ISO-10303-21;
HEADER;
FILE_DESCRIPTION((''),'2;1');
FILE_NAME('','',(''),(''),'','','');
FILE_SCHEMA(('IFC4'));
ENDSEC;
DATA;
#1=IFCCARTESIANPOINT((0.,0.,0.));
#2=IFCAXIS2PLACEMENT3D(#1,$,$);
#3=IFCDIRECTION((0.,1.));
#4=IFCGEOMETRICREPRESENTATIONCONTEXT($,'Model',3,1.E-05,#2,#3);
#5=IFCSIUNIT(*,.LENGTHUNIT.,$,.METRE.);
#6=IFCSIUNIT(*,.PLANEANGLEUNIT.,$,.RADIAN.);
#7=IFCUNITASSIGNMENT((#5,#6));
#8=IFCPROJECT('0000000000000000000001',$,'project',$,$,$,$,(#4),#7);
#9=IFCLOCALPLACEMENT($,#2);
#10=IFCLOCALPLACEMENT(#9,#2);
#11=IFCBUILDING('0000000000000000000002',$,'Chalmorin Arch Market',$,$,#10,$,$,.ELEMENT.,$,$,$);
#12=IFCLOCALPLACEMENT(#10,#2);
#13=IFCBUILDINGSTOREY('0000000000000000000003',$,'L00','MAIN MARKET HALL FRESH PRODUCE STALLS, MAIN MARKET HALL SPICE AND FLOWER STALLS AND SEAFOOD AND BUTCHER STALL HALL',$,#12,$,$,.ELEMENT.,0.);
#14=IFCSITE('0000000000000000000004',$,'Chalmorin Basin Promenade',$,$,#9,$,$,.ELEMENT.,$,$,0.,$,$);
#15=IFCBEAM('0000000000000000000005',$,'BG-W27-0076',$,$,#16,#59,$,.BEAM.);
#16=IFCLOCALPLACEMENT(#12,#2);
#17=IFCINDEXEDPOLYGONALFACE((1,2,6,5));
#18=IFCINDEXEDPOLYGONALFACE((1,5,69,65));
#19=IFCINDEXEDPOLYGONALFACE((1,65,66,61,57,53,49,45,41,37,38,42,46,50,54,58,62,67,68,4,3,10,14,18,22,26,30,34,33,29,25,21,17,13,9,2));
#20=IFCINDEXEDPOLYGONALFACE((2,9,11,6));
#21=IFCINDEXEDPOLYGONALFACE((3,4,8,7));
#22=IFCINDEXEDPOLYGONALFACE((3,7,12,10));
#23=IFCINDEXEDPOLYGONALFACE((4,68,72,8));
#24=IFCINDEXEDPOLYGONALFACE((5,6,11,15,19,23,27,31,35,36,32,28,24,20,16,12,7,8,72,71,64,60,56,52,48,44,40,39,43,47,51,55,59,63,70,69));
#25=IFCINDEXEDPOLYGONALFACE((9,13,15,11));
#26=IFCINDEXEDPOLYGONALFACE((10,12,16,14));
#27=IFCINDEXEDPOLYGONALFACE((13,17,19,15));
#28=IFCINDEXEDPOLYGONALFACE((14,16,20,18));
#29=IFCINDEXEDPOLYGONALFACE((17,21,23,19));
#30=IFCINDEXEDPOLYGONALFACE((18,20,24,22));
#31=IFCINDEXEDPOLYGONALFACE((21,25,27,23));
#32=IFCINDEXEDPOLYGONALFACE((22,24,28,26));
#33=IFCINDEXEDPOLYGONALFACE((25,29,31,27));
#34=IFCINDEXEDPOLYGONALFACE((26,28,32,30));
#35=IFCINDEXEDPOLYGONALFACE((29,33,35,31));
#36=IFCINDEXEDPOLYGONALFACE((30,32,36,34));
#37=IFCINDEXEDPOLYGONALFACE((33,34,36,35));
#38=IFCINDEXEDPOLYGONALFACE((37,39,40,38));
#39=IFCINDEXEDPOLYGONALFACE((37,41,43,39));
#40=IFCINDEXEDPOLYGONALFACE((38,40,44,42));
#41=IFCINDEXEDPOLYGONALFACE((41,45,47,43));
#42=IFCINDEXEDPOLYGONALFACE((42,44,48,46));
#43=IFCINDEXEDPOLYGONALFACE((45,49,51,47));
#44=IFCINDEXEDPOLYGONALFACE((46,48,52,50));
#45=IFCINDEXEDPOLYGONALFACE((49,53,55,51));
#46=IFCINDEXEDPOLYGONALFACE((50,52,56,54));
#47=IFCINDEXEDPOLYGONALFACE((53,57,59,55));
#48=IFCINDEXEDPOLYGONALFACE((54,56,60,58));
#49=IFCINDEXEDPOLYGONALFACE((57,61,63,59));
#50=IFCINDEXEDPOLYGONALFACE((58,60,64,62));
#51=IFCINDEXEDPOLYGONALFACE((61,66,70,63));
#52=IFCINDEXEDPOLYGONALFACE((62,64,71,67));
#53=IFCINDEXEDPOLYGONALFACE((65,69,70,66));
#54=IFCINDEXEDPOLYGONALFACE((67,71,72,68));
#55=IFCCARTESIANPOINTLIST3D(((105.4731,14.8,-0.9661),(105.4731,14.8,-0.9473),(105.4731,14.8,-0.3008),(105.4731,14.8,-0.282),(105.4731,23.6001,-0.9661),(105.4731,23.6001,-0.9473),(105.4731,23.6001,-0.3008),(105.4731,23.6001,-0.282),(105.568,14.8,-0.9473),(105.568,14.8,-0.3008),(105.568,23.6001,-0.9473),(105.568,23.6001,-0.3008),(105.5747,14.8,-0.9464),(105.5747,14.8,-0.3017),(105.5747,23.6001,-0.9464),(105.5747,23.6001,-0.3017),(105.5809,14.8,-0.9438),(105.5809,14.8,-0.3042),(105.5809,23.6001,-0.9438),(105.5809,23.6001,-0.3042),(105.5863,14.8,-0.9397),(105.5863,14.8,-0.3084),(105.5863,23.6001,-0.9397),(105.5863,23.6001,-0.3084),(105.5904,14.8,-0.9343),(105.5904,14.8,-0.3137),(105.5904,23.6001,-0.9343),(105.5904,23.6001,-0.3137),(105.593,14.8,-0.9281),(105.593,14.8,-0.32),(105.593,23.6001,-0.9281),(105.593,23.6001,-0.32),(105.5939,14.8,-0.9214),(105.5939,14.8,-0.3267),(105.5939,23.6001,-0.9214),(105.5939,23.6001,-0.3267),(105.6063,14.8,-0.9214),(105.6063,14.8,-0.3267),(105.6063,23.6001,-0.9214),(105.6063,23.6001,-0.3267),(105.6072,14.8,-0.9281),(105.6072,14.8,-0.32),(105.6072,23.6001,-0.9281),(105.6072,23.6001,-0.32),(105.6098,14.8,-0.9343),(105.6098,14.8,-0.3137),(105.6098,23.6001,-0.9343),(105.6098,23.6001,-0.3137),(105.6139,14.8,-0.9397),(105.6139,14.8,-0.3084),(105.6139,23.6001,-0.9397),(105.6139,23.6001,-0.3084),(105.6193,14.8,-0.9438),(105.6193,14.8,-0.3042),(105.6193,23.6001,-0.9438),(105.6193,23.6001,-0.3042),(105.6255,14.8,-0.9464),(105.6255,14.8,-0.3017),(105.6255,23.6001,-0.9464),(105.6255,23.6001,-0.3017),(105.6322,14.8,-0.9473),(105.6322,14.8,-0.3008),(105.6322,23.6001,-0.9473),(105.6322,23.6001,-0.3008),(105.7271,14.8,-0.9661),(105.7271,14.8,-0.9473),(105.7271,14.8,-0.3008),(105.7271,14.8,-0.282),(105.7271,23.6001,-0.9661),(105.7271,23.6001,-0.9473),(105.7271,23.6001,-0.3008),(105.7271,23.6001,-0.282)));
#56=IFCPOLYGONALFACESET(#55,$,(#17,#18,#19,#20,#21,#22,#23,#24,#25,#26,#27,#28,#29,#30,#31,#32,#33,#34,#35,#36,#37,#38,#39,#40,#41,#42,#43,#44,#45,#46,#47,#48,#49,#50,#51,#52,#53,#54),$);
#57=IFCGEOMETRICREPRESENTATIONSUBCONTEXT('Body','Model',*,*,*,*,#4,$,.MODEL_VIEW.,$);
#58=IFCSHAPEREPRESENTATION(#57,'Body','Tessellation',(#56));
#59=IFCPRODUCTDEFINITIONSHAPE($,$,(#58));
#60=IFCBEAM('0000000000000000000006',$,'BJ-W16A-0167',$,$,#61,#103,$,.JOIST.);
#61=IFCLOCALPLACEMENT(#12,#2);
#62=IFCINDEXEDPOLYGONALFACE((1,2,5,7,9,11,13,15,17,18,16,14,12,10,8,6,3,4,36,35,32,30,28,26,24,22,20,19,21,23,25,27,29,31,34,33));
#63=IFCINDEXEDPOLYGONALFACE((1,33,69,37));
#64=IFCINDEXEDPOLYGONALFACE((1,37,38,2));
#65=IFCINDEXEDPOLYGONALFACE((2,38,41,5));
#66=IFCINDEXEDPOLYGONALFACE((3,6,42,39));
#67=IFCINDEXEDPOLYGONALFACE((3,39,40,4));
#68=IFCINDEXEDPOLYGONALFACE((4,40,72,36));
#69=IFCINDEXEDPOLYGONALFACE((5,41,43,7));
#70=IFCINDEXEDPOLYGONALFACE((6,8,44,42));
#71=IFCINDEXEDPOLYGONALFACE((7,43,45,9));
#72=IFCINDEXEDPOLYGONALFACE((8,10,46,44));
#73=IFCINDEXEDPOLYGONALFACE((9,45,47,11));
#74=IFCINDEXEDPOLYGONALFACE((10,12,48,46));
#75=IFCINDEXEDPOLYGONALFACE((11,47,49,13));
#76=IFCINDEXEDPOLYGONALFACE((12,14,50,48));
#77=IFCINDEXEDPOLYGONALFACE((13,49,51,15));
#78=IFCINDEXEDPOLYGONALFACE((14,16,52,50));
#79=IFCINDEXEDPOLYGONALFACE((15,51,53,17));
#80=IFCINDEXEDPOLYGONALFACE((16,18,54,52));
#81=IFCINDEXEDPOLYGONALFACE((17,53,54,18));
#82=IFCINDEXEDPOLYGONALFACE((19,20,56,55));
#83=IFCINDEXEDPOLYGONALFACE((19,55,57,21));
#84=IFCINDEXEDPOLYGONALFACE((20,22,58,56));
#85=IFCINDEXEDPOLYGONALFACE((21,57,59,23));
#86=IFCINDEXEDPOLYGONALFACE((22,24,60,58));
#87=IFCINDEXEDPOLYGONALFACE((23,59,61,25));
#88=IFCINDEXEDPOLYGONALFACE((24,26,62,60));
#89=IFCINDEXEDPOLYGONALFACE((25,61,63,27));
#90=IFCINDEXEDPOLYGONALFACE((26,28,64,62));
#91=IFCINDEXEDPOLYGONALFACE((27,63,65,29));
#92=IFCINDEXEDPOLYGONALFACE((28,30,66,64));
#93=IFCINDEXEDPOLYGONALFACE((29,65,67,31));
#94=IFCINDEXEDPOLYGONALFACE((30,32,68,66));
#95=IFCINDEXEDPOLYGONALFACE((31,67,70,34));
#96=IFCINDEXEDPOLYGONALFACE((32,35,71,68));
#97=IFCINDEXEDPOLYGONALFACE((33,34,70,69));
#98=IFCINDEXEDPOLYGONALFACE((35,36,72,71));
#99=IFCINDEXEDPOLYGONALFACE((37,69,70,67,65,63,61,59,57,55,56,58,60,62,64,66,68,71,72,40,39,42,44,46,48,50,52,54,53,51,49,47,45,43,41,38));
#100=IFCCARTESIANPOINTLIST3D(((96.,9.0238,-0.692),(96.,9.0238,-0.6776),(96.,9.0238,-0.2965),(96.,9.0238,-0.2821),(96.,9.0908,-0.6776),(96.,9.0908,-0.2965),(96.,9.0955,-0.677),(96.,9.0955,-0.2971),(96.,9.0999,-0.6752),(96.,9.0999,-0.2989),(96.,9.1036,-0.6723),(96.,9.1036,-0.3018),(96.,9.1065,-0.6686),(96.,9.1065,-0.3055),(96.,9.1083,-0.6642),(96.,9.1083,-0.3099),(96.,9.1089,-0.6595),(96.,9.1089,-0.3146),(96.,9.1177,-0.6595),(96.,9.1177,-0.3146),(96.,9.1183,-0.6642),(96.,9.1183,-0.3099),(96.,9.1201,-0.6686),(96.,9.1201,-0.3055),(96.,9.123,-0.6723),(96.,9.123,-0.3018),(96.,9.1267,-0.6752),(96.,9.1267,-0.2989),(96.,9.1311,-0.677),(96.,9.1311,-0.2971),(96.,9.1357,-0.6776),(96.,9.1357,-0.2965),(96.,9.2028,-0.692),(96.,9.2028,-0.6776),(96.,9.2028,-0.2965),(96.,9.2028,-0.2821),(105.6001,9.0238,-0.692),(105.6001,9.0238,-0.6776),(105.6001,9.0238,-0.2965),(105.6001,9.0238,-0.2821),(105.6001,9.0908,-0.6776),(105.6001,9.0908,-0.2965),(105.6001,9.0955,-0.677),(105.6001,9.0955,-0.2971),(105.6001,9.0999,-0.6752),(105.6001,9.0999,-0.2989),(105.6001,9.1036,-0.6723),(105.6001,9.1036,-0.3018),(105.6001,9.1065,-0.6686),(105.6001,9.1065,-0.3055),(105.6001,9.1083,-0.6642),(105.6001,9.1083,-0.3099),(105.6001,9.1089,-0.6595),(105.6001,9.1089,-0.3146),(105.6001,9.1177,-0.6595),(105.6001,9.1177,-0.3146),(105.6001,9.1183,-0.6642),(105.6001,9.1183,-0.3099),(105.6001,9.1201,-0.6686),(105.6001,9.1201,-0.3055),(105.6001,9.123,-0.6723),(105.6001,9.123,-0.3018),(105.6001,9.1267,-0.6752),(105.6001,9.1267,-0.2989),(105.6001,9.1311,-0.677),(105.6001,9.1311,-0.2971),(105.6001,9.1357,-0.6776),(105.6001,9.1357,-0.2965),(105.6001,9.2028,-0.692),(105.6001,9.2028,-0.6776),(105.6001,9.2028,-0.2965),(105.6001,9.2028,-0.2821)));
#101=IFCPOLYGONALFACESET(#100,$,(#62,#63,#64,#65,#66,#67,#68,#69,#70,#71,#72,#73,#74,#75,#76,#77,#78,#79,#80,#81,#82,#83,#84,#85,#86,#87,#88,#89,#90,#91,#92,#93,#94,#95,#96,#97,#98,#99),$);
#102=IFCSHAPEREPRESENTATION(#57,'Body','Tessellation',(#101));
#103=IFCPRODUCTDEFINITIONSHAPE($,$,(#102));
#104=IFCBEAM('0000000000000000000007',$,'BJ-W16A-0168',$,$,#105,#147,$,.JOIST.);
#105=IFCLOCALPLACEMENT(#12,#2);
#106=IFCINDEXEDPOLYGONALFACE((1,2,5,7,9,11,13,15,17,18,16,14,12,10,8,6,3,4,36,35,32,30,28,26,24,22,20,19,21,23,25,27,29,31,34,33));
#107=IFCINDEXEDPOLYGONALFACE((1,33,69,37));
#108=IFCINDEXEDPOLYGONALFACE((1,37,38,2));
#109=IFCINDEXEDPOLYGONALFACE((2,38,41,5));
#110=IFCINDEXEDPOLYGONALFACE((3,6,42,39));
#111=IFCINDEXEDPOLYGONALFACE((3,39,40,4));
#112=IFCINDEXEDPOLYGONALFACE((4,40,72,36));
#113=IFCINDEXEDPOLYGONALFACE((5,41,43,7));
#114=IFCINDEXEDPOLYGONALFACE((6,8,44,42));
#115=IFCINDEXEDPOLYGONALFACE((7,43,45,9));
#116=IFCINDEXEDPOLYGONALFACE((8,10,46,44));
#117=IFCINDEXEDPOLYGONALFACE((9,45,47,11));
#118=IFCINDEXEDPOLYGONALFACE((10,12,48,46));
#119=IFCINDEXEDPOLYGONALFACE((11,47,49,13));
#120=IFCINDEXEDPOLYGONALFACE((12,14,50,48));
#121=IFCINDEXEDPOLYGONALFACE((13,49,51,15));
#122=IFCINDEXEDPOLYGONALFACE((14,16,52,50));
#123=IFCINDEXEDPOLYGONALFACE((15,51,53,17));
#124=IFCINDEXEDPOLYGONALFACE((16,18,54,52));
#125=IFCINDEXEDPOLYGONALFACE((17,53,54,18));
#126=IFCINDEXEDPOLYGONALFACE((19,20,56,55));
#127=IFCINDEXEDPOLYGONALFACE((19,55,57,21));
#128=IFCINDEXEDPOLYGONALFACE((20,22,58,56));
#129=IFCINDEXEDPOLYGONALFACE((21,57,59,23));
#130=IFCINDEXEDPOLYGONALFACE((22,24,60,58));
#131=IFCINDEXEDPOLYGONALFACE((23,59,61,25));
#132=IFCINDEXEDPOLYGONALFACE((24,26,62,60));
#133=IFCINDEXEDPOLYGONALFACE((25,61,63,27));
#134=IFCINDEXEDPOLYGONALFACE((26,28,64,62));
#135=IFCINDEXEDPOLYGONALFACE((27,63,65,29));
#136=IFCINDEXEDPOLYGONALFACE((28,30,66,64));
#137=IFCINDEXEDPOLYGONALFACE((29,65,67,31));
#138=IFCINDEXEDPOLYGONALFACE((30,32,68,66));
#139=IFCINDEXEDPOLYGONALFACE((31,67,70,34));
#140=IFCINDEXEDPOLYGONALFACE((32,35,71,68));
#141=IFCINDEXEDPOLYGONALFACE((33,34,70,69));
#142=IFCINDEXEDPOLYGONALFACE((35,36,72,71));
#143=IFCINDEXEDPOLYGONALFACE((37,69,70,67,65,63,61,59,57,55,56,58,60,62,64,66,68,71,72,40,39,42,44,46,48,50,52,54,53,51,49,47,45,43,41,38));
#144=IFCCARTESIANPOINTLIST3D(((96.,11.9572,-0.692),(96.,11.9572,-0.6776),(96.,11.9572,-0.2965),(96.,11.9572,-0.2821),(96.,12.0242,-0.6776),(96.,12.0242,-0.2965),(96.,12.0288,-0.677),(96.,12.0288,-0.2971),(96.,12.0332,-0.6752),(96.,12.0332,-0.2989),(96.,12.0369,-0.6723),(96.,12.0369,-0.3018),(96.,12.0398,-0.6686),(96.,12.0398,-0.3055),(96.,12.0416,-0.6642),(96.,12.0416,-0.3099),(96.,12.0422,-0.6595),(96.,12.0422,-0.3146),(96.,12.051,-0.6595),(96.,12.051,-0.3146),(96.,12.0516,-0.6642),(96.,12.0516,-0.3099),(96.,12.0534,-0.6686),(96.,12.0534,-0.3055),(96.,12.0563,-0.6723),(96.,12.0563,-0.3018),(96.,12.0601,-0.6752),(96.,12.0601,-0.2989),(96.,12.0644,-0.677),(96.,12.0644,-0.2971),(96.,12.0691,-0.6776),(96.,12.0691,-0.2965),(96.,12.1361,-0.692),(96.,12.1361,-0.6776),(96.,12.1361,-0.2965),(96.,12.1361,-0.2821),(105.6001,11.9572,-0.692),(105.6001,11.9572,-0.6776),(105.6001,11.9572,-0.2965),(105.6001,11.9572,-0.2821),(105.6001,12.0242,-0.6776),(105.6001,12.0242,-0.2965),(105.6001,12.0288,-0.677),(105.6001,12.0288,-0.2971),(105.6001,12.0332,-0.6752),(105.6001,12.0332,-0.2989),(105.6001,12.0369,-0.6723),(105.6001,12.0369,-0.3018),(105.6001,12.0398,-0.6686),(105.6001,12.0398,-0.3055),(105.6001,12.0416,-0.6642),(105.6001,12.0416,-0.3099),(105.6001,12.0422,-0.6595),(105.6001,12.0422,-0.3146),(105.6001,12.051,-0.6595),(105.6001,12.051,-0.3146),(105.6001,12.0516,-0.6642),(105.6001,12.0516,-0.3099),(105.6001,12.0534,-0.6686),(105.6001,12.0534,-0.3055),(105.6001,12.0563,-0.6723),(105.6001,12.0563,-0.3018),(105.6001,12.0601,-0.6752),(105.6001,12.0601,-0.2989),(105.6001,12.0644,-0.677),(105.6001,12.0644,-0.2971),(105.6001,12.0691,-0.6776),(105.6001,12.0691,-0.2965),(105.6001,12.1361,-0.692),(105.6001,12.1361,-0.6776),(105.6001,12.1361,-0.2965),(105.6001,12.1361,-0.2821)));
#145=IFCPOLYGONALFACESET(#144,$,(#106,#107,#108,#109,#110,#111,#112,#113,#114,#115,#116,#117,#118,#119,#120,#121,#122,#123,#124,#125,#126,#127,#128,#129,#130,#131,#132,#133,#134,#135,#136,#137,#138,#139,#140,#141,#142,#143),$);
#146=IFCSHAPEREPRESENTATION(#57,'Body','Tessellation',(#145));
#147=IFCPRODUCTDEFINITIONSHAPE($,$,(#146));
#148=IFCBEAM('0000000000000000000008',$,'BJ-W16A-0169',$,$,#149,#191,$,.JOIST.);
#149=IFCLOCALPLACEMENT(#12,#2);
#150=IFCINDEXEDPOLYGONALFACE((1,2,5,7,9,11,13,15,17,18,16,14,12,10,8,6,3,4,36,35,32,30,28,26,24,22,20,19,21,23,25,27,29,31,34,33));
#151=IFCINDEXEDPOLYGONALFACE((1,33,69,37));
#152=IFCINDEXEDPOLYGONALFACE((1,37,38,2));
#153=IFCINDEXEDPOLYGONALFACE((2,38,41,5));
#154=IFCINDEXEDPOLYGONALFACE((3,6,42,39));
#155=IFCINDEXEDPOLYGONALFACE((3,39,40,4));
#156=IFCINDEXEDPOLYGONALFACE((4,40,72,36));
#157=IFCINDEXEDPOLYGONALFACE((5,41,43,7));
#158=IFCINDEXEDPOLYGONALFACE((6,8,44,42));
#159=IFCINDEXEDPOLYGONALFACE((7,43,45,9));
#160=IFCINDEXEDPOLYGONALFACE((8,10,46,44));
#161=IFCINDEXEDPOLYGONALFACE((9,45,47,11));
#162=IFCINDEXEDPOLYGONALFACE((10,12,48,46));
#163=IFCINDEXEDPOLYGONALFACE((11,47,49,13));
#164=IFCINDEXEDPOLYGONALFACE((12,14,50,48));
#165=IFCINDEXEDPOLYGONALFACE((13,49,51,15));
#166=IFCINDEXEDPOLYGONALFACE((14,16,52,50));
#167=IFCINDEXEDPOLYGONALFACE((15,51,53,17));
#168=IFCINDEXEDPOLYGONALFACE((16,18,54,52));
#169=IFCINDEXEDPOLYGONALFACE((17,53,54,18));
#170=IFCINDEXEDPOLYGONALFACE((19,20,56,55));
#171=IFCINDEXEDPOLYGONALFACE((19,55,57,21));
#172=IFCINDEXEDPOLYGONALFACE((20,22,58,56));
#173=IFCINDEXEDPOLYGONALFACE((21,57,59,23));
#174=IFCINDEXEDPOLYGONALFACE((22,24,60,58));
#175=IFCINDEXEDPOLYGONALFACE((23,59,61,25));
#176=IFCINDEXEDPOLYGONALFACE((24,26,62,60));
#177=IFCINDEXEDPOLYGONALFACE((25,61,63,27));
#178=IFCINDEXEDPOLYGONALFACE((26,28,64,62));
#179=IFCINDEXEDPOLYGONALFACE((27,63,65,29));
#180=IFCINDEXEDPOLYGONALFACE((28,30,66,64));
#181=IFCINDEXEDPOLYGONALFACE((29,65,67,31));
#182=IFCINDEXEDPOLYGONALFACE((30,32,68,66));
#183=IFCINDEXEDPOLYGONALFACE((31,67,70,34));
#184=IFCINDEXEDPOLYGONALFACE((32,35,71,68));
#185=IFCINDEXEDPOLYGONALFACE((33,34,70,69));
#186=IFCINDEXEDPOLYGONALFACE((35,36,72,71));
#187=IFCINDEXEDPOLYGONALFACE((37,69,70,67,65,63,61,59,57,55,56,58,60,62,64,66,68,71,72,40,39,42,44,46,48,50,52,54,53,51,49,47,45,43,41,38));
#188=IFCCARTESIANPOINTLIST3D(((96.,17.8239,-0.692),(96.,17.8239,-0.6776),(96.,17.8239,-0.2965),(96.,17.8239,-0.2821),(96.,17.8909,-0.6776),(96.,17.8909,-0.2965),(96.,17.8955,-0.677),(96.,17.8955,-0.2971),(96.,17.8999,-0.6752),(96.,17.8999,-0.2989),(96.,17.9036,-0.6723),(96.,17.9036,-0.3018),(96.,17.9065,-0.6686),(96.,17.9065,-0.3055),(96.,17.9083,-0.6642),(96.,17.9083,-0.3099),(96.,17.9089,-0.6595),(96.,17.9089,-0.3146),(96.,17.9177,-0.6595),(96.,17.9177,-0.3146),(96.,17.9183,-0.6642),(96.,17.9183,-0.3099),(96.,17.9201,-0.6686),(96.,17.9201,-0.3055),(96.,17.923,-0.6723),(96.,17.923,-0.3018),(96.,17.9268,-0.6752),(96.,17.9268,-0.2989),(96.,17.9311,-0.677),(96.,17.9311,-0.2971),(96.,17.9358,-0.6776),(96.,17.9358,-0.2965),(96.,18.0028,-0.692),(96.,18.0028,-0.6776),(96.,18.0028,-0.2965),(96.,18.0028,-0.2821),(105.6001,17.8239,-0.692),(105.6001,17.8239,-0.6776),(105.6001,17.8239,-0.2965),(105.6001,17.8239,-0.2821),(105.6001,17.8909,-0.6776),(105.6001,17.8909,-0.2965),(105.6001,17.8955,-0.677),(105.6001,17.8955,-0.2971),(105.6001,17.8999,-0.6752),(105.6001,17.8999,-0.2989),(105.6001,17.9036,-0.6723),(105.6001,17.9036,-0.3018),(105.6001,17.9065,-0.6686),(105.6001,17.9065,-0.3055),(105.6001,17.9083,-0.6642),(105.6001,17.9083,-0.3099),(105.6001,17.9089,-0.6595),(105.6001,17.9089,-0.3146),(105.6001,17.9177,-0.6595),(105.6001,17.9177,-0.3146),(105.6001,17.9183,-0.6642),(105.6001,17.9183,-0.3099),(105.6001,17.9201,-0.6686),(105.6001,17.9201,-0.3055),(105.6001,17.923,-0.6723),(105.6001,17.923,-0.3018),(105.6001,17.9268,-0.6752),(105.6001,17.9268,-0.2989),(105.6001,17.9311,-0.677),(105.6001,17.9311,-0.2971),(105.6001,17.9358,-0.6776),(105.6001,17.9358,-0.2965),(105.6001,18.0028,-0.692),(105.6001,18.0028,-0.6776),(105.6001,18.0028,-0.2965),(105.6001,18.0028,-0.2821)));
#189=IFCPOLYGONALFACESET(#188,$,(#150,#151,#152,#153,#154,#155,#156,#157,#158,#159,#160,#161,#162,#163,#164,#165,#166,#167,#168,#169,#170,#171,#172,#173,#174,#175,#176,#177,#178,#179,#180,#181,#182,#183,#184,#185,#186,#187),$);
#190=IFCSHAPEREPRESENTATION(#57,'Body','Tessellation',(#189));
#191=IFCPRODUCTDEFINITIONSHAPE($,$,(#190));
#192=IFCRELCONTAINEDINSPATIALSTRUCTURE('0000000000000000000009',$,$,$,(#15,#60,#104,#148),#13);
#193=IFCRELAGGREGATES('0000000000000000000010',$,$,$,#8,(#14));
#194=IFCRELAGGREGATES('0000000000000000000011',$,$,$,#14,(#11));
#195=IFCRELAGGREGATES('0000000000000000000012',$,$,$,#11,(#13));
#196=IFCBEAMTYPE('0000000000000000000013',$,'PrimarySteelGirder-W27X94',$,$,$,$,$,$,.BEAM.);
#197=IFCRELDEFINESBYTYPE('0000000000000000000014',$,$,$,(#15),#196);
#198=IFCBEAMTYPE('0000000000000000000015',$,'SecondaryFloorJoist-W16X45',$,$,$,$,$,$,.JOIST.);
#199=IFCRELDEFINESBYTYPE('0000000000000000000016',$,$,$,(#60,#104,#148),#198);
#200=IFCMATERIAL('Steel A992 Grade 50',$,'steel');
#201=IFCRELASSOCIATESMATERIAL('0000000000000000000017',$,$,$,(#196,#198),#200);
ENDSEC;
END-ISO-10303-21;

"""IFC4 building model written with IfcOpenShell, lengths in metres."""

from ifc_helpers import new_model, si_unit, direction, frame, origin, origin_2d, place, context, subcontext, project, spatial, i_section, extrude, material, material_profile, profile_set, type_object, element, save


model = new_model("IFC4")

# Units and contexts
model_context = context("Model", 3, precision=1e-05, world=origin(), true_north=direction((0.0, 1.0)))
body_context = subcontext(model_context, "Body", "Model", "MODEL_VIEW")
ifc_project = project(units=[si_unit("LENGTHUNIT", "METRE"), si_unit("PLANEANGLEUNIT", "RADIAN")], contexts=[model_context])

# Site, building, storey
site_placement = place(None, origin())
site = spatial("IfcSite", under=ifc_project, at=site_placement, Name="Chalmorin Basin Promenade", CompositionType="ELEMENT", RefElevation=0.0)
building_placement = place(site_placement, origin())
building = spatial("IfcBuilding", under=site, at=building_placement, Name="Chalmorin Arch Market", CompositionType="ELEMENT")
storey_placement = place(building_placement, origin())
storey = spatial("IfcBuildingStorey", under=building, at=storey_placement, Name="L00", Description="MAIN MARKET HALL FRESH PRODUCE STALLS, MAIN MARKET HALL SPICE AND FLOWER STALLS AND SEAFOOD AND BUTCHER STALL HALL", CompositionType="ELEMENT", Elevation=0.0)

# Beams
ifc_material_1 = material(Name="Steel A992 Grade 50", Category="steel")
ifc_material_profile_1 = material_profile(ifc_material_1, i_section(OverallWidth=0.2539, OverallDepth=0.6841, WebThickness=0.0125, FlangeThickness=0.0188, FilletRadius=0.0259, at=origin_2d()), Name="W27X94")
ifc_profile_set_1 = profile_set([ifc_material_profile_1], Name="Steel A992 Grade 50")
beam_type_1 = type_object("IfcBeamType", Name="PrimarySteelGirder-W27X94", PredefinedType="BEAM", material=ifc_profile_set_1)
beam_1_placement = place(storey_placement, frame((105.6001, 14.8, -0.624), z_axis=(0.0, 1.0, 0.0), x_axis=(-1.0, 0.0, 0.0)))
element("IfcBeam", 1, at=beam_1_placement, inside=storey, type_object=beam_type_1, Name="BG-W27-0076", PredefinedType="BEAM", context=body_context, shape_type="SweptSolid", body=[
    extrude(i_section(OverallWidth=0.2539, OverallDepth=0.6841, WebThickness=0.0125, FlangeThickness=0.0188, FilletRadius=0.0259, at=origin_2d()), origin(), (0.0, 0.0, 1.0), 8.8),
])
ifc_material_profile_2 = material_profile(ifc_material_1, i_section(OverallWidth=0.179, OverallDepth=0.4099, WebThickness=0.0088, FlangeThickness=0.0144, FilletRadius=0.0181, at=origin_2d()), Name="W16X45")
ifc_profile_set_2 = profile_set([ifc_material_profile_2], Name="Steel A992 Grade 50")
beam_type_2 = type_object("IfcBeamType", Name="SecondaryFloorJoist-W16X45", PredefinedType="JOIST", material=ifc_profile_set_2)
for number, where, z_axis, x_axis, name in (
    (2, (96.0, 9.1133, -0.4871), (1.0, 0.0, 0.0), (0.0, 1.0, 0.0), "BJ-W16A-0167"),
    (3, (96.0, 12.0466, -0.4871), (1.0, 0.0, 0.0), (0.0, 1.0, 0.0), "BJ-W16A-0168"),
    (4, (96.0, 17.9133, -0.4871), (1.0, 0.0, 0.0), (0.0, 1.0, 0.0), "BJ-W16A-0169"),
):
    element("IfcBeam", number, at=place(storey_placement, frame(where, z_axis=z_axis, x_axis=x_axis)), inside=storey, type_object=beam_type_2, Name=name, PredefinedType="JOIST", context=body_context, shape_type="SweptSolid", body=[
        extrude(i_section(OverallWidth=0.179, OverallDepth=0.4099, WebThickness=0.0088, FlangeThickness=0.0144, FilletRadius=0.0181, at=origin_2d()), origin(), (0.0, 0.0, 1.0), 9.6001),
    ])

save(model, "model.ifc")
